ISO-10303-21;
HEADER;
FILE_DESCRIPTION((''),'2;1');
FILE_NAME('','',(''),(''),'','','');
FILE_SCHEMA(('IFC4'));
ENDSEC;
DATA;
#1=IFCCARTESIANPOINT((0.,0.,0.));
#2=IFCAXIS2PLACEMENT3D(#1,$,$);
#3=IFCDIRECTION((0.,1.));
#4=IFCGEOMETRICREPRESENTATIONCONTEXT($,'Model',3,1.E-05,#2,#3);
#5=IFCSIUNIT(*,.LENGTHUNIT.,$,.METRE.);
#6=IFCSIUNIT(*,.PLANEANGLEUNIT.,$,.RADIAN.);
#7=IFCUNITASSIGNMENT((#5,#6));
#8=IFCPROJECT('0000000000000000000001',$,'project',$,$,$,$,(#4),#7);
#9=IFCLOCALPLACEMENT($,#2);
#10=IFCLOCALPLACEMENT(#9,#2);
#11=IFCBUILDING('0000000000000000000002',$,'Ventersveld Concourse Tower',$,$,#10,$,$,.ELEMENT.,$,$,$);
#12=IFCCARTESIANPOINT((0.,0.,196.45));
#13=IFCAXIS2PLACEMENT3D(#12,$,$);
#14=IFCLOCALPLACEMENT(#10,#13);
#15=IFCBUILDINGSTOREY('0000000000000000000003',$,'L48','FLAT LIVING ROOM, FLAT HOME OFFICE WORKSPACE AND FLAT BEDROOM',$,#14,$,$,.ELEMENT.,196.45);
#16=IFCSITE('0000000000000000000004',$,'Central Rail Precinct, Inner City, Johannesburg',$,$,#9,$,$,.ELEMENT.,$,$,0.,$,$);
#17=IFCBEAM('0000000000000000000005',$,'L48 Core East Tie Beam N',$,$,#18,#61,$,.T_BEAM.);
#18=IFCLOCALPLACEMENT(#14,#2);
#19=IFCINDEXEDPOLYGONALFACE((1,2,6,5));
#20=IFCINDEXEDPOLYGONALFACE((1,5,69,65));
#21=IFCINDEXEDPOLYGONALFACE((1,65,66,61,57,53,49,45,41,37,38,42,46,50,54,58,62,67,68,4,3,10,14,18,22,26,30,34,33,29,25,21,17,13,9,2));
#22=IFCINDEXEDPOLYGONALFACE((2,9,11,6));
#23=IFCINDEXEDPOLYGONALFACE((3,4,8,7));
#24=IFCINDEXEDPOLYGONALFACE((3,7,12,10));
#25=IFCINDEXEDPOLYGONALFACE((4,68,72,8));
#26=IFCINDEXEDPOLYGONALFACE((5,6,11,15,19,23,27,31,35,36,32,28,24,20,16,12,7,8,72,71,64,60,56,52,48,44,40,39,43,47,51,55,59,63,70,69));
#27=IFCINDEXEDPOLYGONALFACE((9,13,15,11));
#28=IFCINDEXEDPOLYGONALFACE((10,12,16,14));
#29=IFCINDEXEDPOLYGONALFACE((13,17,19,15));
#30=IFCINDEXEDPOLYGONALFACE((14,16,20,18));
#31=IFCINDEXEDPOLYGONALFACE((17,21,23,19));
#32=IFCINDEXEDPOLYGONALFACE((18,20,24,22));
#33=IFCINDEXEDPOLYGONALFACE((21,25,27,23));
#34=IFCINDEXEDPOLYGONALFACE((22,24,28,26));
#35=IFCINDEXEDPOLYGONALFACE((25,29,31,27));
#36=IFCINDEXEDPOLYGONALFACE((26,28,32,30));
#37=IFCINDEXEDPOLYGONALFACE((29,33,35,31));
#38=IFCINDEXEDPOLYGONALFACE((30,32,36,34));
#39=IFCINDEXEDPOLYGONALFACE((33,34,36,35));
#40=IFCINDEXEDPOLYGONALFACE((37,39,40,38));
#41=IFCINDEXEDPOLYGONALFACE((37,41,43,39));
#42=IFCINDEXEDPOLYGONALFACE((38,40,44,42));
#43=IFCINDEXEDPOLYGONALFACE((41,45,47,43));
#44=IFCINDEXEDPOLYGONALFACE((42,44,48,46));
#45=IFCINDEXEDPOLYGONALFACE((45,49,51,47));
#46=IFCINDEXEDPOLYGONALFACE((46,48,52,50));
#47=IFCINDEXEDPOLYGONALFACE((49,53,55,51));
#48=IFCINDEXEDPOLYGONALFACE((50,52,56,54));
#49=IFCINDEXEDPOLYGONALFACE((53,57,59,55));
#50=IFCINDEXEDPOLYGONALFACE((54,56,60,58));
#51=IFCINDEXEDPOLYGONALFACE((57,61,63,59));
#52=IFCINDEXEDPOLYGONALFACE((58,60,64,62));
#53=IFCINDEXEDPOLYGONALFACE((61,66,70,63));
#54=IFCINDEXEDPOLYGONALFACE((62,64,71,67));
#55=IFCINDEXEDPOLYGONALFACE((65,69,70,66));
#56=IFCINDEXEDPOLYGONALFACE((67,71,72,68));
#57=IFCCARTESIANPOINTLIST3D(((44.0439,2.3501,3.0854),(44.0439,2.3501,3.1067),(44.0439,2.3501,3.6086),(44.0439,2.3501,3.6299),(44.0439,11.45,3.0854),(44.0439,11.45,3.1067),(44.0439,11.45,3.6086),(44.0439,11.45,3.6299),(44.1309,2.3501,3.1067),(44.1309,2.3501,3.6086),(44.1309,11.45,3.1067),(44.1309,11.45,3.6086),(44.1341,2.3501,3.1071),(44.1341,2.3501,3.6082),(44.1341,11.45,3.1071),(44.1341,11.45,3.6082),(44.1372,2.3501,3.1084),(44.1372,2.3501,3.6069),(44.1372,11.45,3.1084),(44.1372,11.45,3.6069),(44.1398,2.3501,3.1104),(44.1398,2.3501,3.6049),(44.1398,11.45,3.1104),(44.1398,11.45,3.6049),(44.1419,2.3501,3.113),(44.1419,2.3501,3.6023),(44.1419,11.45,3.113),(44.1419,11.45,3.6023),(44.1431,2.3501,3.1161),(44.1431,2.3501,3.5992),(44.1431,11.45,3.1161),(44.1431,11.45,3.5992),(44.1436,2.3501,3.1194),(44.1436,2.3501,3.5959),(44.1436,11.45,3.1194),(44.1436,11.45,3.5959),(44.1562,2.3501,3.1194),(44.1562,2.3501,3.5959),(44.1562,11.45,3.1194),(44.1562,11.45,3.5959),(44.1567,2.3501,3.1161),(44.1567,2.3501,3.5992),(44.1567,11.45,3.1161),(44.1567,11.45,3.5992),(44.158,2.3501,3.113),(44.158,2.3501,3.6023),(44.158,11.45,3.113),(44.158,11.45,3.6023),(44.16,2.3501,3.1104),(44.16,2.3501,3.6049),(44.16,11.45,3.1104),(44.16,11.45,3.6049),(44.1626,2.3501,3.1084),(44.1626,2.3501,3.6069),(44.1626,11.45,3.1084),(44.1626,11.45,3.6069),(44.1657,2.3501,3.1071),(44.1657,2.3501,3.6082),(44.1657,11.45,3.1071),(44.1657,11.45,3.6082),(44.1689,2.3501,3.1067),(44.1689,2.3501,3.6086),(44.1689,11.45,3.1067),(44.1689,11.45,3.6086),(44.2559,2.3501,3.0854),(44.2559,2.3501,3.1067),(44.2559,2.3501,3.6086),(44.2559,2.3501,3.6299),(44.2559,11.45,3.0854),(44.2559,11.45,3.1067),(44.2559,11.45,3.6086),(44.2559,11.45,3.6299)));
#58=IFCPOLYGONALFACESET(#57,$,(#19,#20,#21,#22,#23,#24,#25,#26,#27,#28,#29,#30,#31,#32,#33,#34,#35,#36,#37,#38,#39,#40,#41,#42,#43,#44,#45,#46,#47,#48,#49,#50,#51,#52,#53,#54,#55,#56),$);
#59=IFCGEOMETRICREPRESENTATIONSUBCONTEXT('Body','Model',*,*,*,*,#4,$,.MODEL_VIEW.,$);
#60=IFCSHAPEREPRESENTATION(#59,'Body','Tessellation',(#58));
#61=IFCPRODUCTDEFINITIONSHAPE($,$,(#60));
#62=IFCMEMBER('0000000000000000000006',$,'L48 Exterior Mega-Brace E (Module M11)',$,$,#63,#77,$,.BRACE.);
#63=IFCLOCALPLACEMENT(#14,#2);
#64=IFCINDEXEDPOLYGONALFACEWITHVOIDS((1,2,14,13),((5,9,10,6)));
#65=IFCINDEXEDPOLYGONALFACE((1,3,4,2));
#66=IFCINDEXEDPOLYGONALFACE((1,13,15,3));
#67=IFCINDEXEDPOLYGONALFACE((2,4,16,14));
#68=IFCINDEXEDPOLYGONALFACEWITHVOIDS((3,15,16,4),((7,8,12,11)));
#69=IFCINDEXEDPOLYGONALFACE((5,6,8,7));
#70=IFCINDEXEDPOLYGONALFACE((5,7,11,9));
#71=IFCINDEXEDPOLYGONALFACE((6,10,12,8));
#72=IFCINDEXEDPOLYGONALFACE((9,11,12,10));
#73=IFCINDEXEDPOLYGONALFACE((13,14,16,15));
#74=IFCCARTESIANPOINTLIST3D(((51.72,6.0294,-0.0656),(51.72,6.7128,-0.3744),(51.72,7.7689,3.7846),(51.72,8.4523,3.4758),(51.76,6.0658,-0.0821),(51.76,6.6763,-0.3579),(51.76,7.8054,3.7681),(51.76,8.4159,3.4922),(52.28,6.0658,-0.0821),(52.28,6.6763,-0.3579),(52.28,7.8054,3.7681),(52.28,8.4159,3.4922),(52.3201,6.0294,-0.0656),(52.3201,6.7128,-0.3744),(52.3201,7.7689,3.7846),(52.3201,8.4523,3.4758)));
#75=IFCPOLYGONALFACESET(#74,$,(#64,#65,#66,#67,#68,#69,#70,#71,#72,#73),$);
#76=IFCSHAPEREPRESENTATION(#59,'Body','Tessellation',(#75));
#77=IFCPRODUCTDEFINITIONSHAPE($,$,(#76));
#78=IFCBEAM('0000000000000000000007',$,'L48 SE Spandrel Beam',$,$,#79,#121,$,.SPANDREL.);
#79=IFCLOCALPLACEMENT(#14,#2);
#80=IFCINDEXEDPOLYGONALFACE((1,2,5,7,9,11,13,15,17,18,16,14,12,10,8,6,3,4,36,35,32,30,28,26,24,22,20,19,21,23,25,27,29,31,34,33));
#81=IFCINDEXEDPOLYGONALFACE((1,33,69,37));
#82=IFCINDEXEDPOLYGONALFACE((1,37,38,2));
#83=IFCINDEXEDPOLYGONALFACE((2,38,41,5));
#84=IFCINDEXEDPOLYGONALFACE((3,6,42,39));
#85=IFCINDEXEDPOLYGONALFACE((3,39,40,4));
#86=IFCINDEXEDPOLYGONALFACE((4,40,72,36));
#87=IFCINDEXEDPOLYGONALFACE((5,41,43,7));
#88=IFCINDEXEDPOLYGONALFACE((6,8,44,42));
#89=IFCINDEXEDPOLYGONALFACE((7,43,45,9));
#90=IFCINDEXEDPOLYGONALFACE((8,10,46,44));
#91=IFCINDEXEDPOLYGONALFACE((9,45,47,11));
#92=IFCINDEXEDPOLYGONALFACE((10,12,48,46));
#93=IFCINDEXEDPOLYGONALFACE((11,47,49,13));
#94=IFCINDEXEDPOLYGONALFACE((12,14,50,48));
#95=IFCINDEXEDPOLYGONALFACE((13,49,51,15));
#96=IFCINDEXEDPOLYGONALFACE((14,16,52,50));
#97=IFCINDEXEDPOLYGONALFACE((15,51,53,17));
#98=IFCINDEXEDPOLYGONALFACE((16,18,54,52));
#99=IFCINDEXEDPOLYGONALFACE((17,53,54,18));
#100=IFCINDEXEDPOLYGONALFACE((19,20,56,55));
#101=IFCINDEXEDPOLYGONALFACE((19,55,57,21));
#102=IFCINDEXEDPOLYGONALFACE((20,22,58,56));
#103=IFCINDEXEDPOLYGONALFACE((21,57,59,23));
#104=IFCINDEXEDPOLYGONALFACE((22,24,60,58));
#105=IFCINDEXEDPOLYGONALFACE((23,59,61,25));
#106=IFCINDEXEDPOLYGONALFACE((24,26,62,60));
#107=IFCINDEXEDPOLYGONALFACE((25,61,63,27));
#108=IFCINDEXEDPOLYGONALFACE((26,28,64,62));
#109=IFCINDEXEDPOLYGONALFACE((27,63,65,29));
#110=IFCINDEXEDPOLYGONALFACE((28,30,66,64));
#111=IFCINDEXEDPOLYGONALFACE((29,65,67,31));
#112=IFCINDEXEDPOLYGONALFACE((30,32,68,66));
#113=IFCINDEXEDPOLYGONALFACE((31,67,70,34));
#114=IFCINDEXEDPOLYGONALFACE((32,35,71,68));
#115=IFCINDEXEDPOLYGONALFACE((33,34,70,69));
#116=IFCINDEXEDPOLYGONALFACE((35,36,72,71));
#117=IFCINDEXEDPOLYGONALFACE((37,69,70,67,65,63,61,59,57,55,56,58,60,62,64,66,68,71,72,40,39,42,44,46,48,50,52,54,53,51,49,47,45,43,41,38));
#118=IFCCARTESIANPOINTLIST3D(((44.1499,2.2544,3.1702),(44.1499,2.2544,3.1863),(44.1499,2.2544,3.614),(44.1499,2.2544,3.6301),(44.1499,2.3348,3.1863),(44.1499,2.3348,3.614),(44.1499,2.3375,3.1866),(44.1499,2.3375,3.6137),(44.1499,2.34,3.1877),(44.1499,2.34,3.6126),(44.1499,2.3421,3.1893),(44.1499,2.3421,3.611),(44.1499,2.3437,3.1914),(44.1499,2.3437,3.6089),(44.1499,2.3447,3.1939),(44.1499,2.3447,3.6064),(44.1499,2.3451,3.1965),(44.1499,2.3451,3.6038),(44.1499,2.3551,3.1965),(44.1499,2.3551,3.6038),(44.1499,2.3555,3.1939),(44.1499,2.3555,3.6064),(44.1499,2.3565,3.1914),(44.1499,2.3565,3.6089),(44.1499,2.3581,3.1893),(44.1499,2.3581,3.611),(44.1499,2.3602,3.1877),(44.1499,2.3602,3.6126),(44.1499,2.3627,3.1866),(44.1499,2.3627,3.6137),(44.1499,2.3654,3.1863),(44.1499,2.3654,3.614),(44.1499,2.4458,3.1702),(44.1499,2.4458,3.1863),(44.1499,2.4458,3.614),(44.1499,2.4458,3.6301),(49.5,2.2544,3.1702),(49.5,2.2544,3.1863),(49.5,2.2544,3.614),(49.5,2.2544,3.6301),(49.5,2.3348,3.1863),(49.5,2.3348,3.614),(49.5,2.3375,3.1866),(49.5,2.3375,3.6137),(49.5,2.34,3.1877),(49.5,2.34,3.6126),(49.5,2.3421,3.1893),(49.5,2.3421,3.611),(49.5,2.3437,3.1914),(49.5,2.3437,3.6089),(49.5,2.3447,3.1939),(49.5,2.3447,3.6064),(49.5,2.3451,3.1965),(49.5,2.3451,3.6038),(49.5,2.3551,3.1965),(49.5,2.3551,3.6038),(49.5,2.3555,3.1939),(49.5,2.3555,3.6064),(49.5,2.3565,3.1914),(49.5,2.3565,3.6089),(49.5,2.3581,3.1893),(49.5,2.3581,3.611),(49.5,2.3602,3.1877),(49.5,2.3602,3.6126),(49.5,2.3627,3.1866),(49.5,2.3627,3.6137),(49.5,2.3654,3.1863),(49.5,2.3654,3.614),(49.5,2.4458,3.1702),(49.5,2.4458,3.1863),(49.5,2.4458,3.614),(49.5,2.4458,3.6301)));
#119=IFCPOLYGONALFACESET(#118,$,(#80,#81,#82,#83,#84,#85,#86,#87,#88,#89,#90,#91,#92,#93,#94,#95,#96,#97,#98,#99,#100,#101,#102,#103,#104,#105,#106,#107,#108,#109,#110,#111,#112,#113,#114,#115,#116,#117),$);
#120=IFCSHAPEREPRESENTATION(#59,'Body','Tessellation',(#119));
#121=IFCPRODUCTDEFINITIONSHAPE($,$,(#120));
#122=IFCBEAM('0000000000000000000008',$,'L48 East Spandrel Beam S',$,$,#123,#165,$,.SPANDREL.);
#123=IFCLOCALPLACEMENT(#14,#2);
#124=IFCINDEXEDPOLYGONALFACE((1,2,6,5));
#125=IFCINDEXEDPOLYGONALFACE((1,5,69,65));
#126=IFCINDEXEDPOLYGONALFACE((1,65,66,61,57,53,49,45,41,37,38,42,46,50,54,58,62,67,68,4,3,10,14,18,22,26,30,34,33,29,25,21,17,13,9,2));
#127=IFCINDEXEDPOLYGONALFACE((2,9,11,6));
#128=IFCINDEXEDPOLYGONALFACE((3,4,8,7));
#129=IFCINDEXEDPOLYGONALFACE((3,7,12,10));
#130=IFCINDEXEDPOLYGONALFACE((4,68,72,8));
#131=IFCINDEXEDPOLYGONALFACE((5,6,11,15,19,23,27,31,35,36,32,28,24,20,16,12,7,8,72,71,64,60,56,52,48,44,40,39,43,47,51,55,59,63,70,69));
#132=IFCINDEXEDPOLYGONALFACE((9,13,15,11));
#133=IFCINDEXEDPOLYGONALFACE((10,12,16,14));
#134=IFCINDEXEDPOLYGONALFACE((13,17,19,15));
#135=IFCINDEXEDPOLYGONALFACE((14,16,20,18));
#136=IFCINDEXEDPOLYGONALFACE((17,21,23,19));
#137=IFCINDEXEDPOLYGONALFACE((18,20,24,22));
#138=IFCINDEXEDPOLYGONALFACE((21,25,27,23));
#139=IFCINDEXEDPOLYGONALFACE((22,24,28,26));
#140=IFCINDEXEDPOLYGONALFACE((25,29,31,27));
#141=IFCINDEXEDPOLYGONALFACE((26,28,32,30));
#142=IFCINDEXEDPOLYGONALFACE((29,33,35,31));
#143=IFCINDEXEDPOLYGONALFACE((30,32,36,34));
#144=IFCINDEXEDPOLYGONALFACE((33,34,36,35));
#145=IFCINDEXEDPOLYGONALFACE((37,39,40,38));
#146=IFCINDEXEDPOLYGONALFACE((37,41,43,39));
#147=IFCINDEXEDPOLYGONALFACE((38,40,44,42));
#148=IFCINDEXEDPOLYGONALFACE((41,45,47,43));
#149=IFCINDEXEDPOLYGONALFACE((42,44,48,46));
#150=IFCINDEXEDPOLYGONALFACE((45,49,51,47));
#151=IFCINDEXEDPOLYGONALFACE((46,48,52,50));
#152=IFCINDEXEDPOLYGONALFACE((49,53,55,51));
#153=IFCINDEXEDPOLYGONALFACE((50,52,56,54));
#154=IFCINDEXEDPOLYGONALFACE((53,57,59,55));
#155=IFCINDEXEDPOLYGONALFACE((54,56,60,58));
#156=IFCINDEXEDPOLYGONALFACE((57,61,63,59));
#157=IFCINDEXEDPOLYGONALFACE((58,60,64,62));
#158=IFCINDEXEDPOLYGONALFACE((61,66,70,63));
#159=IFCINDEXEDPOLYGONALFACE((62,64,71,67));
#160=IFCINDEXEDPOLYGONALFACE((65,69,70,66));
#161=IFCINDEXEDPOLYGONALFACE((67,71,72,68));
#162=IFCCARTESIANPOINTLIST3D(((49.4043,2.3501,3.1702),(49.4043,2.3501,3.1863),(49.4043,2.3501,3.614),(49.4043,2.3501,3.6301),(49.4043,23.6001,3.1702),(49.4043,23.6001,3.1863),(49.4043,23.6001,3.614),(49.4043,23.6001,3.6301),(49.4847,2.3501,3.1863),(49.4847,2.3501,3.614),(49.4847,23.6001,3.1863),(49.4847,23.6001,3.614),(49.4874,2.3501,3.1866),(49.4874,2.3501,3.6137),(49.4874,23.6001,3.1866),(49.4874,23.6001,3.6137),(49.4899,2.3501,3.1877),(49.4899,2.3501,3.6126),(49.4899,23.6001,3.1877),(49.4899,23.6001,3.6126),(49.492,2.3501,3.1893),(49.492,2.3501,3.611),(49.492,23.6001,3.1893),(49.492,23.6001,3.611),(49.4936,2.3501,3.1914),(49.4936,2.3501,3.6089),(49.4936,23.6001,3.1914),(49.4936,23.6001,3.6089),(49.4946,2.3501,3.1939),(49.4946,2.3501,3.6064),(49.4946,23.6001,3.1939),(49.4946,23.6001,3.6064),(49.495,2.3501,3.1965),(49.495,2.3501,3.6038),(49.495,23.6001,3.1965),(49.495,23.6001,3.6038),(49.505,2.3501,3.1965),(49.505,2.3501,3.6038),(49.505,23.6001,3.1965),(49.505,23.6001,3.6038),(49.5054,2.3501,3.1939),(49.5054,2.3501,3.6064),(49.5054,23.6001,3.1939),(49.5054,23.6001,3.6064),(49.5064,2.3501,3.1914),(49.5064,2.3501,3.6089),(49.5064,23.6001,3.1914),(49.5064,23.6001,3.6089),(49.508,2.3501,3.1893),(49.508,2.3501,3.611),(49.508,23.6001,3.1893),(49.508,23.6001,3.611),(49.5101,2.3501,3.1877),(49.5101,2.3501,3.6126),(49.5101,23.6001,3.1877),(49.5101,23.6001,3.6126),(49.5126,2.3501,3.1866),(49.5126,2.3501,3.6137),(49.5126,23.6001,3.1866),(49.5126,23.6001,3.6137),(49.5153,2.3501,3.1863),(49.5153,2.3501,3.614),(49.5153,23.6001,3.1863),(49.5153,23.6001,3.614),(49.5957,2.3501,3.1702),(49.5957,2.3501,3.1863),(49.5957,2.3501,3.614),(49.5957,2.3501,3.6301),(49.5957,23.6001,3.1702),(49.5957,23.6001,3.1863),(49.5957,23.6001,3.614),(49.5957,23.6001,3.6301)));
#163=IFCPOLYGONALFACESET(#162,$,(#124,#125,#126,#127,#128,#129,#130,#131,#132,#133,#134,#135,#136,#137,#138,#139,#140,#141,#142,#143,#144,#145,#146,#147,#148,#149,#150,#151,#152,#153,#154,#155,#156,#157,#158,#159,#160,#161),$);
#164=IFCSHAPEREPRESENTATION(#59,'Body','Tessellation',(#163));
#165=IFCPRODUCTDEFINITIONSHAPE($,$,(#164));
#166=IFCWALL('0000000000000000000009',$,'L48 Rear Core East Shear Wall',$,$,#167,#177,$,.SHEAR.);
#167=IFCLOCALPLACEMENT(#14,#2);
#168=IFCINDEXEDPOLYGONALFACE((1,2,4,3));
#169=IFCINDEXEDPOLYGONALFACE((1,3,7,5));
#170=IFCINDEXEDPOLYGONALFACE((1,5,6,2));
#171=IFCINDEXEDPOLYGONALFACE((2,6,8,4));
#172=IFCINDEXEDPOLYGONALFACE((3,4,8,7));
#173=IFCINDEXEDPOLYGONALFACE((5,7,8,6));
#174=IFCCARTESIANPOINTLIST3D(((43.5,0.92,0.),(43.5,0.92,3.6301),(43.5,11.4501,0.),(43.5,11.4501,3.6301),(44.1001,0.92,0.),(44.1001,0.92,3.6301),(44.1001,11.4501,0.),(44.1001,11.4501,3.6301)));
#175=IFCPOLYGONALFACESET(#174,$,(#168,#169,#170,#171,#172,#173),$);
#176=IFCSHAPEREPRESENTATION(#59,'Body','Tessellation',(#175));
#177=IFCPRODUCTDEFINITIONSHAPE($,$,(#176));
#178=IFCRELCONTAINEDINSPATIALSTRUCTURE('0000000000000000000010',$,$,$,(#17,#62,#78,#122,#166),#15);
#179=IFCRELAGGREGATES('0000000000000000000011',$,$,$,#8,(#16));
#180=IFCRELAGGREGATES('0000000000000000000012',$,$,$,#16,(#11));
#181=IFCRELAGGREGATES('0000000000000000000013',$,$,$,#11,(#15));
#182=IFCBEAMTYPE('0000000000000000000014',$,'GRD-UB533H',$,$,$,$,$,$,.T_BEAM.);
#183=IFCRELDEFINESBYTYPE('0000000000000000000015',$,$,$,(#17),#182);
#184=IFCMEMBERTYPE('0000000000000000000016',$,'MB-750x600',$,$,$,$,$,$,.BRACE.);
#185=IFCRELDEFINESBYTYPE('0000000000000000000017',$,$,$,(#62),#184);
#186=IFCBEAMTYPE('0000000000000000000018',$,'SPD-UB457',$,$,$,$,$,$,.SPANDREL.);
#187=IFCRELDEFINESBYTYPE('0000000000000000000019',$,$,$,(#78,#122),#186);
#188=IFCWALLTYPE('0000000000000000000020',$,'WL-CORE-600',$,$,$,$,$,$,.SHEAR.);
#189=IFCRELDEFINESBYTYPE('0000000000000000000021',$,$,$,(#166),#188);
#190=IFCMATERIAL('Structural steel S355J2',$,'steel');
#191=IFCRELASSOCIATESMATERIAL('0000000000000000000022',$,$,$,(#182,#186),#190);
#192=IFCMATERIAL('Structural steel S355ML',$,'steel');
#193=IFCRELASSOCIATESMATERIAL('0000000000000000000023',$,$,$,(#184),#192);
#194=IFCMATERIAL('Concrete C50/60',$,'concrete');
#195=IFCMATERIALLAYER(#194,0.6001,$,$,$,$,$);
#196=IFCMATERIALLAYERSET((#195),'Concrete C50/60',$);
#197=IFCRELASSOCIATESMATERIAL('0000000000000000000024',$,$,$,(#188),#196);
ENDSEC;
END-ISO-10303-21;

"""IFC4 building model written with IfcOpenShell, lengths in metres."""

from ifc_helpers import new_model, si_unit, direction, frame, frame_2d, origin, origin_2d, place, context, subcontext, project, spatial, rectangle, hollow_rectangle, i_section, extrude, material, layer, layer_set, material_profile, profile_set, type_object, element, save


model = new_model("IFC4")

# Units and contexts
model_context = context("Model", 3, precision=1e-05, world=origin(), true_north=direction((0.0, 1.0)))
body_context = subcontext(model_context, "Body", "Model", "MODEL_VIEW")
ifc_project = project(units=[si_unit("LENGTHUNIT", "METRE"), si_unit("PLANEANGLEUNIT", "RADIAN")], contexts=[model_context])

# Site, building, storey
site_placement = place(None, origin())
site = spatial("IfcSite", under=ifc_project, at=site_placement, Name="Central Rail Precinct, Inner City, Johannesburg", CompositionType="ELEMENT", RefElevation=0.0)
building_placement = place(site_placement, origin())
building = spatial("IfcBuilding", under=site, at=building_placement, Name="Ventersveld Concourse Tower", CompositionType="ELEMENT")
storey_placement = place(building_placement, frame((0.0, 0.0, 196.45)))
storey = spatial("IfcBuildingStorey", under=building, at=storey_placement, Name="L48", Description="FLAT LIVING ROOM, FLAT HOME OFFICE WORKSPACE AND FLAT BEDROOM", CompositionType="ELEMENT", Elevation=196.45)

# Shared definitions
ifc_material_1 = material(Name="Concrete C50/60", Category="concrete")

# Beam
ifc_material_2 = material(Name="Structural steel S355J2", Category="steel")
ifc_material_profile_1 = material_profile(ifc_material_2, i_section(OverallWidth=0.2119, OverallDepth=0.5444, WebThickness=0.0127, FlangeThickness=0.0212, FilletRadius=0.0127, at=origin_2d()), Name="UB 533x210x122")
ifc_profile_set_1 = profile_set([ifc_material_profile_1], Name="Structural steel S355J2")
beam_type_1 = type_object("IfcBeamType", Name="GRD-UB533H", PredefinedType="T_BEAM", material=ifc_profile_set_1)
beam_1_placement = place(storey_placement, frame((44.1499, 2.3501, 3.3577), z_axis=(0.0, 1.0, 0.0), x_axis=(-1.0, 0.0, 0.0)))
element("IfcBeam", 1, at=beam_1_placement, inside=storey, type_object=beam_type_1, Name="L48 Core East Tie Beam N", PredefinedType="T_BEAM", context=body_context, shape_type="SweptSolid", body=[
    extrude(i_section(OverallWidth=0.2119, OverallDepth=0.5444, WebThickness=0.0127, FlangeThickness=0.0212, FilletRadius=0.0127, at=origin_2d()), origin(), (0.0, 0.0, 1.0), 9.0999),
])

# Member
ifc_material_3 = material(Name="Structural steel S355ML", Category="steel")
ifc_material_profile_2 = material_profile(ifc_material_3, hollow_rectangle(XDim=0.6001, YDim=0.75, WallThickness=0.04, at=origin_2d()), Name="BOX 750x600x40")
ifc_profile_set_2 = profile_set([ifc_material_profile_2], Name="Structural steel S355ML")
member_type = type_object("IfcMemberType", Name="MB-750x600", PredefinedType="BRACE", material=ifc_profile_set_2)
member_placement = place(storey_placement, frame((52.02, 6.3711, -0.22), z_axis=(0.0, 0.411734, 0.911304), x_axis=(-1.0, 0.0, 0.0)))
element("IfcMember", 2, at=member_placement, inside=storey, type_object=member_type, Name="L48 Exterior Mega-Brace E (Module M11)", PredefinedType="BRACE", context=body_context, shape_type="SweptSolid", body=[
    extrude(hollow_rectangle(XDim=0.6001, YDim=0.75, WallThickness=0.04, at=origin_2d()), origin(), (0.0, 0.0, 1.0), 4.2249),
])

# Beams
ifc_material_profile_3 = material_profile(ifc_material_2, i_section(OverallWidth=0.1914, OverallDepth=0.46, WebThickness=0.01, FlangeThickness=0.0161, FilletRadius=0.0103, at=origin_2d()), Name="UB 457x191x82")
ifc_profile_set_3 = profile_set([ifc_material_profile_3], Name="Structural steel S355J2")
beam_type_2 = type_object("IfcBeamType", Name="SPD-UB457", PredefinedType="SPANDREL", material=ifc_profile_set_3)
beam_2_placement = place(storey_placement, frame((44.1499, 2.3501, 3.4001), z_axis=(1.0, 0.0, 0.0), x_axis=(0.0, 1.0, 0.0)))
element("IfcBeam", 3, at=beam_2_placement, inside=storey, type_object=beam_type_2, Name="L48 SE Spandrel Beam", PredefinedType="SPANDREL", context=body_context, shape_type="SweptSolid", body=[
    extrude(i_section(OverallWidth=0.1914, OverallDepth=0.46, WebThickness=0.01, FlangeThickness=0.0161, FilletRadius=0.0103, at=origin_2d()), origin(), (0.0, 0.0, 1.0), 5.3501),
])
beam_3_placement = place(storey_placement, frame((49.5, 2.3501, 3.4001), z_axis=(0.0, 1.0, 0.0), x_axis=(-1.0, 0.0, 0.0)))
element("IfcBeam", 4, at=beam_3_placement, inside=storey, type_object=beam_type_2, Name="L48 East Spandrel Beam S", PredefinedType="SPANDREL", context=body_context, shape_type="SweptSolid", body=[
    extrude(i_section(OverallWidth=0.1914, OverallDepth=0.46, WebThickness=0.01, FlangeThickness=0.0161, FilletRadius=0.0103, at=origin_2d()), origin(), (0.0, 0.0, 1.0), 21.25),
])

# Wall
ifc_layer_1 = layer(ifc_material_1, 0.6001)
ifc_layer_set_1 = layer_set([ifc_layer_1], Name="Concrete C50/60")
wall_type_1 = type_object("IfcWallType", Name="WL-CORE-600", PredefinedType="SHEAR", material=ifc_layer_set_1)
wall_1_placement = place(storey_placement, frame((43.8, 0.9199, 0.0), z_axis=(0.0, 0.0, 1.0), x_axis=(0.0, 1.0, 0.0)))
element("IfcWall", 5, at=wall_1_placement, inside=storey, type_object=wall_type_1, Name="L48 Rear Core East Shear Wall", PredefinedType="SHEAR", context=body_context, shape_type="SweptSolid", body=[
    extrude(rectangle(XDim=10.53, YDim=0.6001, at=frame_2d((5.2651, 0.0))), origin(), (0.0, 0.0, 1.0), 3.6301),
])

save(model, "model.ifc")
